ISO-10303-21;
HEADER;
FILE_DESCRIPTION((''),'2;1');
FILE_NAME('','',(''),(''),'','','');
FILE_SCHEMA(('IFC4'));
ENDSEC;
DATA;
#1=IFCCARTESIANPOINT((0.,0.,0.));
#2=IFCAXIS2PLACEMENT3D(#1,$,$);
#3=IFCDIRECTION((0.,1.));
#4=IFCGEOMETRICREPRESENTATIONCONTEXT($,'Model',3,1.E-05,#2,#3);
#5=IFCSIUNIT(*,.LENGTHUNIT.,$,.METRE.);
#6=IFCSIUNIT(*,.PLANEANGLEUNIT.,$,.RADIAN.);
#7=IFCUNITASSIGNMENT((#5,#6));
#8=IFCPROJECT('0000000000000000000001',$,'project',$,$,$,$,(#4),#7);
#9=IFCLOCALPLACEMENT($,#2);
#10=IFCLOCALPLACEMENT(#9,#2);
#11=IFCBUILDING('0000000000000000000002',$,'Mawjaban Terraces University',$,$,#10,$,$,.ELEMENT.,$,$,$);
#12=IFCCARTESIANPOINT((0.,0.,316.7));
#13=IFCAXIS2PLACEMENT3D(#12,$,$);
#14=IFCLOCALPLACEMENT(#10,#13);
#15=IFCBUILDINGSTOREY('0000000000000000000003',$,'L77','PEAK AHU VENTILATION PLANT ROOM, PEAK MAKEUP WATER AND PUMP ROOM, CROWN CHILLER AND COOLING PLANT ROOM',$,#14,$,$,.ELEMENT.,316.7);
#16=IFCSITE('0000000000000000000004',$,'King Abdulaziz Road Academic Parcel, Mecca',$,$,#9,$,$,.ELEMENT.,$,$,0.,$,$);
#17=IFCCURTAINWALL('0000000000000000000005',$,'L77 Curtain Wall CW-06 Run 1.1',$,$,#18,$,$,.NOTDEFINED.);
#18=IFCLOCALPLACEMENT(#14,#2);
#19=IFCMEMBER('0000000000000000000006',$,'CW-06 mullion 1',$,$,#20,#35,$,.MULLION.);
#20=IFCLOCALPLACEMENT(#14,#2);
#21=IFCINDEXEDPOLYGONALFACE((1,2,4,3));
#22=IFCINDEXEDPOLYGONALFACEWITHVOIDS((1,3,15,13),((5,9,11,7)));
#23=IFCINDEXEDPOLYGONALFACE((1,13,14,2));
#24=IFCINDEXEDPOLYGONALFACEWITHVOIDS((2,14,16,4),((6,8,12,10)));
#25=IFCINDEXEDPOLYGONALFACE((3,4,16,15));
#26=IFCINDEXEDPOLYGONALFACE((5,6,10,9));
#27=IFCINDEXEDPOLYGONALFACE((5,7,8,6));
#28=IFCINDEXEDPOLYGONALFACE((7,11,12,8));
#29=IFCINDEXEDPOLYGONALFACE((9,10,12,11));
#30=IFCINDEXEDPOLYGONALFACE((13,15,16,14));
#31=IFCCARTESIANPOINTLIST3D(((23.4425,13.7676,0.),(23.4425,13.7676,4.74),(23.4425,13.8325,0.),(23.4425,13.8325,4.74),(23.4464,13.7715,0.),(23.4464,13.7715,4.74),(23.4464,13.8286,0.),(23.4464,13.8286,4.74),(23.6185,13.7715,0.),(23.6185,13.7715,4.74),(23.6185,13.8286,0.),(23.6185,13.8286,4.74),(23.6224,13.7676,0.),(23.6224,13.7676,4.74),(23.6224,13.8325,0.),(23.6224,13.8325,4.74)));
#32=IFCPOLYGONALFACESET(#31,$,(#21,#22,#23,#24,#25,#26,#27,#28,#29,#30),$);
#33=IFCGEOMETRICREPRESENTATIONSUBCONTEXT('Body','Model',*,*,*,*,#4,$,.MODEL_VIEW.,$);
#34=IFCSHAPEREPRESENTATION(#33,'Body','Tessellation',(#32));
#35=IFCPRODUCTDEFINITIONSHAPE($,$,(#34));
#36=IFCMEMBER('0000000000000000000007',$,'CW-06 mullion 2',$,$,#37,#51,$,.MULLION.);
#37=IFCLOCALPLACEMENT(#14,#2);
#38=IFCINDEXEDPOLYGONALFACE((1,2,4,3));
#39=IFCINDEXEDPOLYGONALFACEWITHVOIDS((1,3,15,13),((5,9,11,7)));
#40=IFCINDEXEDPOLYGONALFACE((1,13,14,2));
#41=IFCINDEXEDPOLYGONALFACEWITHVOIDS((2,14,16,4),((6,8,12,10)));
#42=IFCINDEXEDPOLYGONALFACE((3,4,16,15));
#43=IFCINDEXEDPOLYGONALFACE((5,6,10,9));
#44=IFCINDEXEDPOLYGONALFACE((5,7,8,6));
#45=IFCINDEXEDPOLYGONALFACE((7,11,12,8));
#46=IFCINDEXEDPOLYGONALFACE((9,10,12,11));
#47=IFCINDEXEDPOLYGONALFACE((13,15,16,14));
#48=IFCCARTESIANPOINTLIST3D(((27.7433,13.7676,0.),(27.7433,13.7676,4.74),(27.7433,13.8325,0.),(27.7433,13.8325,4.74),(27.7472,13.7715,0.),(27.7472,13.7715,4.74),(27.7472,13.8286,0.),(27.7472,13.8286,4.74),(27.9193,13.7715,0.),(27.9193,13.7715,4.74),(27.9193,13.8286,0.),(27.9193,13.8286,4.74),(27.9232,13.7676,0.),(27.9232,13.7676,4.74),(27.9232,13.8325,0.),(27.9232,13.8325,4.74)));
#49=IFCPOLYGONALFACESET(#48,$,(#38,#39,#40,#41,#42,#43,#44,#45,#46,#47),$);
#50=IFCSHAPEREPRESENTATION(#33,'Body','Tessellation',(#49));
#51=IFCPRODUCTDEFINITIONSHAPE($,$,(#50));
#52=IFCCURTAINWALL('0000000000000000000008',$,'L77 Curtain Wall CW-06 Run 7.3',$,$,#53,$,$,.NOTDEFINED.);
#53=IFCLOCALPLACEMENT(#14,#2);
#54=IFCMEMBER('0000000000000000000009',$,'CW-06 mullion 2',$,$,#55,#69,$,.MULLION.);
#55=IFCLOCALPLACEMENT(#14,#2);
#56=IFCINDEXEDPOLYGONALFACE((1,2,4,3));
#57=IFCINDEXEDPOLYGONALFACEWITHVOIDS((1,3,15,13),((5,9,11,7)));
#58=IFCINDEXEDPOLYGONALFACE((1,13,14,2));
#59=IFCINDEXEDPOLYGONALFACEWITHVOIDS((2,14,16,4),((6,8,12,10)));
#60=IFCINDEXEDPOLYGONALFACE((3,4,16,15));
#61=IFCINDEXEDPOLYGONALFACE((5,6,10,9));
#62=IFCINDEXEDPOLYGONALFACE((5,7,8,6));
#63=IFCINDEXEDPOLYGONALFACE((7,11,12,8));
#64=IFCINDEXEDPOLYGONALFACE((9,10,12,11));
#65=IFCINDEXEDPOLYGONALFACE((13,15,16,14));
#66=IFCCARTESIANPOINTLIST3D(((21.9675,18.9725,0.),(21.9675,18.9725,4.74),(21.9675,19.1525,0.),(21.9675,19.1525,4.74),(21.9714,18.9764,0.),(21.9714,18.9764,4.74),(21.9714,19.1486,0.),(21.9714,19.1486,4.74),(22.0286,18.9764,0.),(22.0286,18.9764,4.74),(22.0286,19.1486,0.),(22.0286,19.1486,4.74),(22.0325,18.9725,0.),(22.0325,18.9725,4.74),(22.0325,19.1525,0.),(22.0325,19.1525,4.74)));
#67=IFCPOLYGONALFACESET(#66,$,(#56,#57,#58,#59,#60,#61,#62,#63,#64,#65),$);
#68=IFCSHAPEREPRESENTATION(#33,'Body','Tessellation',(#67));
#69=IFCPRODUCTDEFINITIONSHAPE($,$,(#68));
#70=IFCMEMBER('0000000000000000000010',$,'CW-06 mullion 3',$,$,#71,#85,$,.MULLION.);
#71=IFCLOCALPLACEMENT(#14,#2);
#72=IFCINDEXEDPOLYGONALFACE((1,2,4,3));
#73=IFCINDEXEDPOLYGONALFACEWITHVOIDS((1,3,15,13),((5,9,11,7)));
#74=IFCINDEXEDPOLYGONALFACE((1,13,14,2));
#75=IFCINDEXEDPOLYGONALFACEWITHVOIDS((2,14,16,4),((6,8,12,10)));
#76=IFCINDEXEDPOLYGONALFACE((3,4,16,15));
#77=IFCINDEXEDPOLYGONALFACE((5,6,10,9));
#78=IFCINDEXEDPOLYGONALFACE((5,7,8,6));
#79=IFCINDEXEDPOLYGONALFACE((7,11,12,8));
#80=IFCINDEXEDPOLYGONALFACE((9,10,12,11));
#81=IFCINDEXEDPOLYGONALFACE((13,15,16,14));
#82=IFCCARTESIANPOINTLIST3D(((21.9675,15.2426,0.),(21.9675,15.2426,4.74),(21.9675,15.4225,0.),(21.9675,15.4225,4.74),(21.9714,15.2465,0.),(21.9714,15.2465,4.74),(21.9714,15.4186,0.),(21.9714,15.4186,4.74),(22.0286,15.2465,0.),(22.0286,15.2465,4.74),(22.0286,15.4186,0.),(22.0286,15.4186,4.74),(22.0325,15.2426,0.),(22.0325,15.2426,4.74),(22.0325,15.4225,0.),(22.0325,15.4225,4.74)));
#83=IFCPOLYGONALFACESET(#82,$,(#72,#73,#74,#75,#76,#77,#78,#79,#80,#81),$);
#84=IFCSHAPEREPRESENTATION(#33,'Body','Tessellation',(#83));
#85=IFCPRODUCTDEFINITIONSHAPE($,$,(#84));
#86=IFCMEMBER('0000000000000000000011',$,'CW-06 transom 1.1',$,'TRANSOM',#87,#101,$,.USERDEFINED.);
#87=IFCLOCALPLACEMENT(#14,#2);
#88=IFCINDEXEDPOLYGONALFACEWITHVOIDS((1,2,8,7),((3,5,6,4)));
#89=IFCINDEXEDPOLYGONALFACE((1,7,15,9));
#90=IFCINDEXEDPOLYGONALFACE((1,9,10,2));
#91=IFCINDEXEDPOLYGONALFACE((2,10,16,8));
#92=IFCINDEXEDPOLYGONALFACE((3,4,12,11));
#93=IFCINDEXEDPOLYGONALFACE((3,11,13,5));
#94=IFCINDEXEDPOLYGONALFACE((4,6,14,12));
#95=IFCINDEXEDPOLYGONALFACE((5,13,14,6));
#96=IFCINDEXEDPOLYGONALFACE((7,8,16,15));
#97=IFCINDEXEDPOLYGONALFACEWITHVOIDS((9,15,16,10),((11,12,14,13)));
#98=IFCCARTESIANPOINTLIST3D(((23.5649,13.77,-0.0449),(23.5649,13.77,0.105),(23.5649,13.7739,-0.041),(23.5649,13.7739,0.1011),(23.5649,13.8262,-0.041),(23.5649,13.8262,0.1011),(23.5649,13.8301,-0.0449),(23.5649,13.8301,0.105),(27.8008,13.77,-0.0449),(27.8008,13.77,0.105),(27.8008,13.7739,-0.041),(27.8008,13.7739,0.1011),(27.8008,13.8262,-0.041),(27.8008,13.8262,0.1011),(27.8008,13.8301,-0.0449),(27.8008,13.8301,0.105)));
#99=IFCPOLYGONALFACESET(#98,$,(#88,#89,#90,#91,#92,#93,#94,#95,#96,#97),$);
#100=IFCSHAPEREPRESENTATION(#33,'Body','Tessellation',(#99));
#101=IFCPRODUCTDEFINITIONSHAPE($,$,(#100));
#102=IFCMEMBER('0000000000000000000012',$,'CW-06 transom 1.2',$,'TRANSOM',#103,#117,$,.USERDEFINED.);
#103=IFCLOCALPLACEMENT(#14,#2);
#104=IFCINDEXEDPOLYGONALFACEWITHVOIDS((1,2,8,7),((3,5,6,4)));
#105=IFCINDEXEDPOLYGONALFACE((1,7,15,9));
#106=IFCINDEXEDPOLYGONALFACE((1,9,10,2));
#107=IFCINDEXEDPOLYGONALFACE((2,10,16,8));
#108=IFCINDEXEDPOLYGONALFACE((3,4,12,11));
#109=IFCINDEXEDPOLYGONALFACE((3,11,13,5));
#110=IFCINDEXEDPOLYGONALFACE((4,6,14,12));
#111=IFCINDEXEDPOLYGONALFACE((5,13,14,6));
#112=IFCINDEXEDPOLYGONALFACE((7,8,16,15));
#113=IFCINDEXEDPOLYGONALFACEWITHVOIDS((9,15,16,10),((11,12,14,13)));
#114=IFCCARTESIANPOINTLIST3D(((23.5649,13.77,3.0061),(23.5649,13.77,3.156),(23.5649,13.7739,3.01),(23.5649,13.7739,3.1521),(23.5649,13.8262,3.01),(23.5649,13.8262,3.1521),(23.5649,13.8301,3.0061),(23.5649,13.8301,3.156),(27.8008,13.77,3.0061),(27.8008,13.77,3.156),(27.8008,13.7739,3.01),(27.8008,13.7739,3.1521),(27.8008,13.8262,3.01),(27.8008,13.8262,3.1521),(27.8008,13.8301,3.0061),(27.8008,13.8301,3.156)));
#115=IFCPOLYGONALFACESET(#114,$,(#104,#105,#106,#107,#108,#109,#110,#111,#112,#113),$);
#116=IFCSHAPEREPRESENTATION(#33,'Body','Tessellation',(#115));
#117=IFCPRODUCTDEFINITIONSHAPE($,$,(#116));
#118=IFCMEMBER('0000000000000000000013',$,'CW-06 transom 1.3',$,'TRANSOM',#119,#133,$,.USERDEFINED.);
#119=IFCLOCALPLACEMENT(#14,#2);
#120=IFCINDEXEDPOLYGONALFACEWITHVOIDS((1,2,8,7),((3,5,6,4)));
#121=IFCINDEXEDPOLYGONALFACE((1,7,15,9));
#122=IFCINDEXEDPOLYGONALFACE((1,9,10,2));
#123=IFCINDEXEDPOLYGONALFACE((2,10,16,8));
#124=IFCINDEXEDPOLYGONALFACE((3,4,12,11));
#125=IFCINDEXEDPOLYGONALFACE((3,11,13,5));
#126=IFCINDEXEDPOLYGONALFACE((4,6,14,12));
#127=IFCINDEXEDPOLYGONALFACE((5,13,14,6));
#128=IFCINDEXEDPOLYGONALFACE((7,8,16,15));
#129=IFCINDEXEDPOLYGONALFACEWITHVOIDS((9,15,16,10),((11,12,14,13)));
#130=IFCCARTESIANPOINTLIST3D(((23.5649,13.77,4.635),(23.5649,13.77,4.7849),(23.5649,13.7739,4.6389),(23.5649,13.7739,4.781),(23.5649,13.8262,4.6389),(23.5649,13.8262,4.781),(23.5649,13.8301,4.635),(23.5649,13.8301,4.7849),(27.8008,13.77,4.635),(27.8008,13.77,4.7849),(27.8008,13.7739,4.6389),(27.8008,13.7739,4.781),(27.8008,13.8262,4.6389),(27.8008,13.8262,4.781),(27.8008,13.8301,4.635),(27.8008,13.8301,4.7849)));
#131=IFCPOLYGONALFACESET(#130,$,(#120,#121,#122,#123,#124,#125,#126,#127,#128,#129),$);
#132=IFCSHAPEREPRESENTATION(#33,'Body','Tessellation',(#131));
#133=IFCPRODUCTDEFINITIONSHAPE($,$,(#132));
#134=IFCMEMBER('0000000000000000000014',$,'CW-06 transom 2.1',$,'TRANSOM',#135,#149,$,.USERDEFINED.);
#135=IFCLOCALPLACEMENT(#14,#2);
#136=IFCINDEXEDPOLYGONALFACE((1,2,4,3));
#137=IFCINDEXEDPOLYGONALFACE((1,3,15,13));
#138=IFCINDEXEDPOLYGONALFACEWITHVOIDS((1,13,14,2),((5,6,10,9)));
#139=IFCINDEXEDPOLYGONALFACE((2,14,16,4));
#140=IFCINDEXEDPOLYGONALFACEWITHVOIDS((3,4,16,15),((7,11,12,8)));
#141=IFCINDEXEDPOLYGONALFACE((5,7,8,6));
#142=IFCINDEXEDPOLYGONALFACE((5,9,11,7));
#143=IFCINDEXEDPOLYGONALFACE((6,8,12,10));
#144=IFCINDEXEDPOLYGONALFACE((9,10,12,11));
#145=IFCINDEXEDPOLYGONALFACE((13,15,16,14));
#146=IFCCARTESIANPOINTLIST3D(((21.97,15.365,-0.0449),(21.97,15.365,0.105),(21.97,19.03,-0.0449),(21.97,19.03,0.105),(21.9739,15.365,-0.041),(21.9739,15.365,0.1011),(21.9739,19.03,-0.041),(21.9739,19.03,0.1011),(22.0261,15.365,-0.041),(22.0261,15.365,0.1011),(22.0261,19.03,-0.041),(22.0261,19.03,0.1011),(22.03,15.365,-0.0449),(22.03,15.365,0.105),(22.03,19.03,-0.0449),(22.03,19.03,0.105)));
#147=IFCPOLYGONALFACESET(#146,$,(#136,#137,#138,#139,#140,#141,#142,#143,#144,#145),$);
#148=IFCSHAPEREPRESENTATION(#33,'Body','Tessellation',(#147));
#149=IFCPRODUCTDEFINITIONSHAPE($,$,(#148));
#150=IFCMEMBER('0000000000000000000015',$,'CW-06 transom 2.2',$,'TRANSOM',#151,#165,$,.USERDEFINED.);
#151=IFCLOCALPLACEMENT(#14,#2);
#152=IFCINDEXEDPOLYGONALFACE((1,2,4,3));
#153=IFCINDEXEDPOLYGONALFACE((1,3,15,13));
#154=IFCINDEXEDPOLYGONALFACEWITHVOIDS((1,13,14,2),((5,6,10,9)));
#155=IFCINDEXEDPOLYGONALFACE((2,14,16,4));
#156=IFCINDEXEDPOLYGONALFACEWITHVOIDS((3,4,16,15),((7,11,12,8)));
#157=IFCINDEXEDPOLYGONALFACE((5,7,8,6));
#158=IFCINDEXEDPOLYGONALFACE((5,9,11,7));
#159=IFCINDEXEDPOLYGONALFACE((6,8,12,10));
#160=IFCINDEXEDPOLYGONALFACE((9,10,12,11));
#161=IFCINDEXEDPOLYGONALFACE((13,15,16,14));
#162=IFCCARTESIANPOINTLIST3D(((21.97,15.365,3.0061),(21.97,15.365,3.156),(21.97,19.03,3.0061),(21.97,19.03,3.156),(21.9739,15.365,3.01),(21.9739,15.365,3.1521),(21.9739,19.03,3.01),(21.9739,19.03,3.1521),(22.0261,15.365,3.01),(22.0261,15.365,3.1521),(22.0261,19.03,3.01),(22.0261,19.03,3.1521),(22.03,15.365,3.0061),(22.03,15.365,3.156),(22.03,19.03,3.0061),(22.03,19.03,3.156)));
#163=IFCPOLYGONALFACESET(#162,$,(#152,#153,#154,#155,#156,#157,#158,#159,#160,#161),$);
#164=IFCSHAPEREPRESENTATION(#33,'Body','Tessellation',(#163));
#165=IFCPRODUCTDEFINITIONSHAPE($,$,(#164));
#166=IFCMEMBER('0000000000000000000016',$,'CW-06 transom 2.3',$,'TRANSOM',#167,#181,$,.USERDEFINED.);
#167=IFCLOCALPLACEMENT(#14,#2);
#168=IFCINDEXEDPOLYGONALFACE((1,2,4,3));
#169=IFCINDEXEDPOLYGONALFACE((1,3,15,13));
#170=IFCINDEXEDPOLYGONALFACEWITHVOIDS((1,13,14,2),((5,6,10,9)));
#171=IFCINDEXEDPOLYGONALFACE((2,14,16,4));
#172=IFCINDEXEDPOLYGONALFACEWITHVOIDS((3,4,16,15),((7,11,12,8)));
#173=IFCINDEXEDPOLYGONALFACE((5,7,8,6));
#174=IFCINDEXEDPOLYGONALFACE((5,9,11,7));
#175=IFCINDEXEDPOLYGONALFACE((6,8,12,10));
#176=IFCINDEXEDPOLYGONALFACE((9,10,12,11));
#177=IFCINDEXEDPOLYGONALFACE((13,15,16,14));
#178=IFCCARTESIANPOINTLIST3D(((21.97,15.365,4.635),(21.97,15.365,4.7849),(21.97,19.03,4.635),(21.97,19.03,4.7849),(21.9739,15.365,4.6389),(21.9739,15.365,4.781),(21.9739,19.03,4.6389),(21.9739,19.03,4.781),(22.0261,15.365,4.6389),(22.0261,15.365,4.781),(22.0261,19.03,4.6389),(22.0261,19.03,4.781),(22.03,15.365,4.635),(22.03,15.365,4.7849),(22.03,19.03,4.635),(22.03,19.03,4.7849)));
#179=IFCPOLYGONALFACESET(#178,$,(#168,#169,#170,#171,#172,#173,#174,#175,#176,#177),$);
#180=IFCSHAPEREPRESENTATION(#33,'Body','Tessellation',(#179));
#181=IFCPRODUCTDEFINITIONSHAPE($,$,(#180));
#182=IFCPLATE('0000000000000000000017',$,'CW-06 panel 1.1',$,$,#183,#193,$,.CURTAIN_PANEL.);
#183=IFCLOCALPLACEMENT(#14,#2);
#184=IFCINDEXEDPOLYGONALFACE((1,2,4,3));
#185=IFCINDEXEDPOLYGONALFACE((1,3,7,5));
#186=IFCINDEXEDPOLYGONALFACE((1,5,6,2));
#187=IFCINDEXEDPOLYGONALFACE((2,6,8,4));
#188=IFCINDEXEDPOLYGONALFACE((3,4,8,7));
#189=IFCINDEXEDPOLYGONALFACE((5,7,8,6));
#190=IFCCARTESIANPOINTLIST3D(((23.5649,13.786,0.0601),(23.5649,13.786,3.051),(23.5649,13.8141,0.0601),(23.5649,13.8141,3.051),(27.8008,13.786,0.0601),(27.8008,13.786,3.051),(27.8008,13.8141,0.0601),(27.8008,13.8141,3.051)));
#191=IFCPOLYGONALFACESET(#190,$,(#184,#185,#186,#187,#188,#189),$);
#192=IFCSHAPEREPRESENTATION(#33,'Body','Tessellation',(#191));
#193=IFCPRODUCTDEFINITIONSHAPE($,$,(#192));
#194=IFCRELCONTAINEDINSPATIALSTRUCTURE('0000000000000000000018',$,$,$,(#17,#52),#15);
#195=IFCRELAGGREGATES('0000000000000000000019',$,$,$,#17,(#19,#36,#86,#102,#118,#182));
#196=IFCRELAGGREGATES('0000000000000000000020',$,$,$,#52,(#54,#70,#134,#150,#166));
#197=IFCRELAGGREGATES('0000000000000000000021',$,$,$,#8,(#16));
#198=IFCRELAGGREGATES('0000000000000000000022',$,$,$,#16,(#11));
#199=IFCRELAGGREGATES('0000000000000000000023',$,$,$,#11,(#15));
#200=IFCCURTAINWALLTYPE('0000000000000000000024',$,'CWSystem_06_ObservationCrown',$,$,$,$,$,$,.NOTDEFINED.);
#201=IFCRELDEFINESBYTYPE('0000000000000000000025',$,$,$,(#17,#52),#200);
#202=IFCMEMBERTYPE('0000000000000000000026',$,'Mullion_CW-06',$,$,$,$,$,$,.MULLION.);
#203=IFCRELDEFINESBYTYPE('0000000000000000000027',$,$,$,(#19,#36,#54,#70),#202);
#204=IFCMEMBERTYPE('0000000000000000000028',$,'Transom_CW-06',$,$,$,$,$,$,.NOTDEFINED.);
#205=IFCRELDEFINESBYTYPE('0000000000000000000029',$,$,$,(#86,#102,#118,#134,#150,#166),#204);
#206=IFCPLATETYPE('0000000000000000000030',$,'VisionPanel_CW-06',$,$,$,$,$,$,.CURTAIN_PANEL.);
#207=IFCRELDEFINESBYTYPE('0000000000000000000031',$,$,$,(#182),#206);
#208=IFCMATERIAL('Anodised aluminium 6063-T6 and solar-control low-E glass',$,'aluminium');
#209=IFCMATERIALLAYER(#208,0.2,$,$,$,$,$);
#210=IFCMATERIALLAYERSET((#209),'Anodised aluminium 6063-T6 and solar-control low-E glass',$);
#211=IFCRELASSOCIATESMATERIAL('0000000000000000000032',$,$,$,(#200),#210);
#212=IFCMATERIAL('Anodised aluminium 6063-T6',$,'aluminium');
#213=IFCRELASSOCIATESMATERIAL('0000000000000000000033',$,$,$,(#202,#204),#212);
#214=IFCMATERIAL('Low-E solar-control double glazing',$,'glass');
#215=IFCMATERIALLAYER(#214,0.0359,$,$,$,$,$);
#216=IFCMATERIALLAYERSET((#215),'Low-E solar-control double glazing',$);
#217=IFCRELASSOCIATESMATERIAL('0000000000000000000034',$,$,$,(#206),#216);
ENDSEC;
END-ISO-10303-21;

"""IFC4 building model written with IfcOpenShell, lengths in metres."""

from ifc_helpers import new_model, si_unit, direction, frame, origin, origin_2d, place, context, subcontext, project, spatial, rectangle, hollow_rectangle, extrude, material, layer, layer_set, material_profile, profile_set, type_object, element, aggregate, save


model = new_model("IFC4")

# Units and contexts
model_context = context("Model", 3, precision=1e-05, world=origin(), true_north=direction((0.0, 1.0)))
body_context = subcontext(model_context, "Body", "Model", "MODEL_VIEW")
ifc_project = project(units=[si_unit("LENGTHUNIT", "METRE"), si_unit("PLANEANGLEUNIT", "RADIAN")], contexts=[model_context])

# Site, building, storey
site_placement = place(None, origin())
site = spatial("IfcSite", under=ifc_project, at=site_placement, Name="King Abdulaziz Road Academic Parcel, Mecca", CompositionType="ELEMENT", RefElevation=0.0)
building_placement = place(site_placement, origin())
building = spatial("IfcBuilding", under=site, at=building_placement, Name="Mawjaban Terraces University", CompositionType="ELEMENT")
storey_placement = place(building_placement, frame((0.0, 0.0, 316.7)))
storey = spatial("IfcBuildingStorey", under=building, at=storey_placement, Name="L77", Description="PEAK AHU VENTILATION PLANT ROOM, PEAK MAKEUP WATER AND PUMP ROOM, CROWN CHILLER AND COOLING PLANT ROOM", CompositionType="ELEMENT", Elevation=316.7)

# Curtain walls, members
ifc_material_1 = material(Name="Anodised aluminium 6063-T6 and solar-control low-E glass", Category="aluminium")
ifc_layer_1 = layer(ifc_material_1, 0.2)
ifc_layer_set_1 = layer_set([ifc_layer_1], Name="Anodised aluminium 6063-T6 and solar-control low-E glass")
curtain_wall_type = type_object("IfcCurtainWallType", Name="CWSystem_06_ObservationCrown", PredefinedType="NOTDEFINED", material=ifc_layer_set_1)
curtain_wall_1_placement = place(storey_placement, origin())
curtain_wall_1 = element("IfcCurtainWall", 1, at=curtain_wall_1_placement, inside=storey, type_object=curtain_wall_type, Name="L77 Curtain Wall CW-06 Run 1.1", PredefinedType="NOTDEFINED")
ifc_material_2 = material(Name="Anodised aluminium 6063-T6", Category="aluminium")
ifc_material_profile_1 = material_profile(ifc_material_2, hollow_rectangle(XDim=0.0649, YDim=0.1799, WallThickness=0.0039, at=origin_2d()), Name="ALU180X65X4")
ifc_profile_set_1 = profile_set([ifc_material_profile_1], Name="Anodised aluminium 6063-T6")
member_type_1 = type_object("IfcMemberType", Name="Mullion_CW-06", PredefinedType="MULLION", material=ifc_profile_set_1)
member_1_placement = place(storey_placement, frame((23.5325, 13.8, 0.0), z_axis=(0.0, 0.0, 1.0), x_axis=(0.0, 1.0, 0.0)))
member_1 = element("IfcMember", 2, at=member_1_placement, type_object=member_type_1, Name="CW-06 mullion 1", PredefinedType="MULLION", context=body_context, shape_type="SweptSolid", body=[
    extrude(hollow_rectangle(XDim=0.0649, YDim=0.1799, WallThickness=0.0039, at=origin_2d()), origin(), (0.0, 0.0, 1.0), 4.74),
])
member_2_placement = place(storey_placement, frame((27.8333, 13.8, 0.0), z_axis=(0.0, 0.0, 1.0), x_axis=(0.0, 1.0, 0.0)))
member_2 = element("IfcMember", 3, at=member_2_placement, type_object=member_type_1, Name="CW-06 mullion 2", PredefinedType="MULLION", context=body_context, shape_type="SweptSolid", body=[
    extrude(hollow_rectangle(XDim=0.0649, YDim=0.1799, WallThickness=0.0039, at=origin_2d()), origin(), (0.0, 0.0, 1.0), 4.74),
])
curtain_wall_2_placement = place(storey_placement, origin())
curtain_wall_2 = element("IfcCurtainWall", 4, at=curtain_wall_2_placement, inside=storey, type_object=curtain_wall_type, Name="L77 Curtain Wall CW-06 Run 7.3", PredefinedType="NOTDEFINED")
member_3_placement = place(storey_placement, frame((22.0, 19.0625, 0.0), z_axis=(0.0, 0.0, 1.0), x_axis=(1.0, 0.0, 0.0)))
member_3 = element("IfcMember", 5, at=member_3_placement, type_object=member_type_1, Name="CW-06 mullion 2", PredefinedType="MULLION", context=body_context, shape_type="SweptSolid", body=[
    extrude(hollow_rectangle(XDim=0.0649, YDim=0.1799, WallThickness=0.0039, at=origin_2d()), origin(), (0.0, 0.0, 1.0), 4.74),
])
member_4_placement = place(storey_placement, frame((22.0, 15.3325, 0.0), z_axis=(0.0, 0.0, 1.0), x_axis=(1.0, 0.0, 0.0)))
member_4 = element("IfcMember", 6, at=member_4_placement, type_object=member_type_1, Name="CW-06 mullion 3", PredefinedType="MULLION", context=body_context, shape_type="SweptSolid", body=[
    extrude(hollow_rectangle(XDim=0.0649, YDim=0.1799, WallThickness=0.0039, at=origin_2d()), origin(), (0.0, 0.0, 1.0), 4.74),
])

# Members
ifc_material_profile_2 = material_profile(ifc_material_2, hollow_rectangle(XDim=0.0601, YDim=0.1499, WallThickness=0.0039, at=origin_2d()), Name="ALU150X60X4")
ifc_profile_set_2 = profile_set([ifc_material_profile_2], Name="Anodised aluminium 6063-T6")
member_type_2 = type_object("IfcMemberType", Name="Transom_CW-06", PredefinedType="NOTDEFINED", material=ifc_profile_set_2)
member_5_placement = place(storey_placement, frame((23.5649, 13.8, 0.03), z_axis=(1.0, 0.0, 0.0), x_axis=(0.0, 1.0, 0.0)))
member_5 = element("IfcMember", 7, at=member_5_placement, type_object=member_type_2, Name="CW-06 transom 1.1", ObjectType="TRANSOM", PredefinedType="USERDEFINED", context=body_context, shape_type="SweptSolid", body=[
    extrude(hollow_rectangle(XDim=0.0601, YDim=0.1499, WallThickness=0.0039, at=origin_2d()), origin(), (0.0, 0.0, 1.0), 4.2358),
])
member_6_placement = place(storey_placement, frame((23.5649, 13.8, 3.0811), z_axis=(1.0, 0.0, 0.0), x_axis=(0.0, 1.0, 0.0)))
member_6 = element("IfcMember", 8, at=member_6_placement, type_object=member_type_2, Name="CW-06 transom 1.2", ObjectType="TRANSOM", PredefinedType="USERDEFINED", context=body_context, shape_type="SweptSolid", body=[
    extrude(hollow_rectangle(XDim=0.0601, YDim=0.1499, WallThickness=0.0039, at=origin_2d()), origin(), (0.0, 0.0, 1.0), 4.2358),
])
member_7_placement = place(storey_placement, frame((23.5649, 13.8, 4.71), z_axis=(1.0, 0.0, 0.0), x_axis=(0.0, 1.0, 0.0)))
member_7 = element("IfcMember", 9, at=member_7_placement, type_object=member_type_2, Name="CW-06 transom 1.3", ObjectType="TRANSOM", PredefinedType="USERDEFINED", context=body_context, shape_type="SweptSolid", body=[
    extrude(hollow_rectangle(XDim=0.0601, YDim=0.1499, WallThickness=0.0039, at=origin_2d()), origin(), (0.0, 0.0, 1.0), 4.2358),
])
member_8_placement = place(storey_placement, frame((22.0, 19.03, 0.03), z_axis=(0.0, -1.0, 0.0), x_axis=(1.0, 0.0, 0.0)))
member_8 = element("IfcMember", 10, at=member_8_placement, type_object=member_type_2, Name="CW-06 transom 2.1", ObjectType="TRANSOM", PredefinedType="USERDEFINED", context=body_context, shape_type="SweptSolid", body=[
    extrude(hollow_rectangle(XDim=0.0601, YDim=0.1499, WallThickness=0.0039, at=origin_2d()), origin(), (0.0, 0.0, 1.0), 3.665),
])
member_9_placement = place(storey_placement, frame((22.0, 19.03, 3.0811), z_axis=(0.0, -1.0, 0.0), x_axis=(1.0, 0.0, 0.0)))
member_9 = element("IfcMember", 11, at=member_9_placement, type_object=member_type_2, Name="CW-06 transom 2.2", ObjectType="TRANSOM", PredefinedType="USERDEFINED", context=body_context, shape_type="SweptSolid", body=[
    extrude(hollow_rectangle(XDim=0.0601, YDim=0.1499, WallThickness=0.0039, at=origin_2d()), origin(), (0.0, 0.0, 1.0), 3.665),
])
member_10_placement = place(storey_placement, frame((22.0, 19.03, 4.71), z_axis=(0.0, -1.0, 0.0), x_axis=(1.0, 0.0, 0.0)))
member_10 = element("IfcMember", 12, at=member_10_placement, type_object=member_type_2, Name="CW-06 transom 2.3", ObjectType="TRANSOM", PredefinedType="USERDEFINED", context=body_context, shape_type="SweptSolid", body=[
    extrude(hollow_rectangle(XDim=0.0601, YDim=0.1499, WallThickness=0.0039, at=origin_2d()), origin(), (0.0, 0.0, 1.0), 3.665),
])

# Plate
ifc_material_3 = material(Name="Low-E solar-control double glazing", Category="glass")
ifc_layer_2 = layer(ifc_material_3, 0.0359)
ifc_layer_set_2 = layer_set([ifc_layer_2], Name="Low-E solar-control double glazing")
plate_type = type_object("IfcPlateType", Name="VisionPanel_CW-06", PredefinedType="CURTAIN_PANEL", material=ifc_layer_set_2)
plate_1_placement = place(storey_placement, frame((25.6829, 13.8, 0.0601), z_axis=(0.0, 0.0, 1.0), x_axis=(1.0, 0.0, 0.0)))
plate_1 = element("IfcPlate", 13, at=plate_1_placement, type_object=plate_type, Name="CW-06 panel 1.1", PredefinedType="CURTAIN_PANEL", context=body_context, shape_type="SweptSolid", body=[
    extrude(rectangle(XDim=4.2358, YDim=0.0281, at=origin_2d()), origin(), (0.0, 0.0, 1.0), 2.991),
])
aggregate(curtain_wall_1, [member_1, member_2, member_5, member_6, member_7, plate_1])
aggregate(curtain_wall_2, [member_3, member_4, member_8, member_9, member_10])

save(model, "model.ifc")
